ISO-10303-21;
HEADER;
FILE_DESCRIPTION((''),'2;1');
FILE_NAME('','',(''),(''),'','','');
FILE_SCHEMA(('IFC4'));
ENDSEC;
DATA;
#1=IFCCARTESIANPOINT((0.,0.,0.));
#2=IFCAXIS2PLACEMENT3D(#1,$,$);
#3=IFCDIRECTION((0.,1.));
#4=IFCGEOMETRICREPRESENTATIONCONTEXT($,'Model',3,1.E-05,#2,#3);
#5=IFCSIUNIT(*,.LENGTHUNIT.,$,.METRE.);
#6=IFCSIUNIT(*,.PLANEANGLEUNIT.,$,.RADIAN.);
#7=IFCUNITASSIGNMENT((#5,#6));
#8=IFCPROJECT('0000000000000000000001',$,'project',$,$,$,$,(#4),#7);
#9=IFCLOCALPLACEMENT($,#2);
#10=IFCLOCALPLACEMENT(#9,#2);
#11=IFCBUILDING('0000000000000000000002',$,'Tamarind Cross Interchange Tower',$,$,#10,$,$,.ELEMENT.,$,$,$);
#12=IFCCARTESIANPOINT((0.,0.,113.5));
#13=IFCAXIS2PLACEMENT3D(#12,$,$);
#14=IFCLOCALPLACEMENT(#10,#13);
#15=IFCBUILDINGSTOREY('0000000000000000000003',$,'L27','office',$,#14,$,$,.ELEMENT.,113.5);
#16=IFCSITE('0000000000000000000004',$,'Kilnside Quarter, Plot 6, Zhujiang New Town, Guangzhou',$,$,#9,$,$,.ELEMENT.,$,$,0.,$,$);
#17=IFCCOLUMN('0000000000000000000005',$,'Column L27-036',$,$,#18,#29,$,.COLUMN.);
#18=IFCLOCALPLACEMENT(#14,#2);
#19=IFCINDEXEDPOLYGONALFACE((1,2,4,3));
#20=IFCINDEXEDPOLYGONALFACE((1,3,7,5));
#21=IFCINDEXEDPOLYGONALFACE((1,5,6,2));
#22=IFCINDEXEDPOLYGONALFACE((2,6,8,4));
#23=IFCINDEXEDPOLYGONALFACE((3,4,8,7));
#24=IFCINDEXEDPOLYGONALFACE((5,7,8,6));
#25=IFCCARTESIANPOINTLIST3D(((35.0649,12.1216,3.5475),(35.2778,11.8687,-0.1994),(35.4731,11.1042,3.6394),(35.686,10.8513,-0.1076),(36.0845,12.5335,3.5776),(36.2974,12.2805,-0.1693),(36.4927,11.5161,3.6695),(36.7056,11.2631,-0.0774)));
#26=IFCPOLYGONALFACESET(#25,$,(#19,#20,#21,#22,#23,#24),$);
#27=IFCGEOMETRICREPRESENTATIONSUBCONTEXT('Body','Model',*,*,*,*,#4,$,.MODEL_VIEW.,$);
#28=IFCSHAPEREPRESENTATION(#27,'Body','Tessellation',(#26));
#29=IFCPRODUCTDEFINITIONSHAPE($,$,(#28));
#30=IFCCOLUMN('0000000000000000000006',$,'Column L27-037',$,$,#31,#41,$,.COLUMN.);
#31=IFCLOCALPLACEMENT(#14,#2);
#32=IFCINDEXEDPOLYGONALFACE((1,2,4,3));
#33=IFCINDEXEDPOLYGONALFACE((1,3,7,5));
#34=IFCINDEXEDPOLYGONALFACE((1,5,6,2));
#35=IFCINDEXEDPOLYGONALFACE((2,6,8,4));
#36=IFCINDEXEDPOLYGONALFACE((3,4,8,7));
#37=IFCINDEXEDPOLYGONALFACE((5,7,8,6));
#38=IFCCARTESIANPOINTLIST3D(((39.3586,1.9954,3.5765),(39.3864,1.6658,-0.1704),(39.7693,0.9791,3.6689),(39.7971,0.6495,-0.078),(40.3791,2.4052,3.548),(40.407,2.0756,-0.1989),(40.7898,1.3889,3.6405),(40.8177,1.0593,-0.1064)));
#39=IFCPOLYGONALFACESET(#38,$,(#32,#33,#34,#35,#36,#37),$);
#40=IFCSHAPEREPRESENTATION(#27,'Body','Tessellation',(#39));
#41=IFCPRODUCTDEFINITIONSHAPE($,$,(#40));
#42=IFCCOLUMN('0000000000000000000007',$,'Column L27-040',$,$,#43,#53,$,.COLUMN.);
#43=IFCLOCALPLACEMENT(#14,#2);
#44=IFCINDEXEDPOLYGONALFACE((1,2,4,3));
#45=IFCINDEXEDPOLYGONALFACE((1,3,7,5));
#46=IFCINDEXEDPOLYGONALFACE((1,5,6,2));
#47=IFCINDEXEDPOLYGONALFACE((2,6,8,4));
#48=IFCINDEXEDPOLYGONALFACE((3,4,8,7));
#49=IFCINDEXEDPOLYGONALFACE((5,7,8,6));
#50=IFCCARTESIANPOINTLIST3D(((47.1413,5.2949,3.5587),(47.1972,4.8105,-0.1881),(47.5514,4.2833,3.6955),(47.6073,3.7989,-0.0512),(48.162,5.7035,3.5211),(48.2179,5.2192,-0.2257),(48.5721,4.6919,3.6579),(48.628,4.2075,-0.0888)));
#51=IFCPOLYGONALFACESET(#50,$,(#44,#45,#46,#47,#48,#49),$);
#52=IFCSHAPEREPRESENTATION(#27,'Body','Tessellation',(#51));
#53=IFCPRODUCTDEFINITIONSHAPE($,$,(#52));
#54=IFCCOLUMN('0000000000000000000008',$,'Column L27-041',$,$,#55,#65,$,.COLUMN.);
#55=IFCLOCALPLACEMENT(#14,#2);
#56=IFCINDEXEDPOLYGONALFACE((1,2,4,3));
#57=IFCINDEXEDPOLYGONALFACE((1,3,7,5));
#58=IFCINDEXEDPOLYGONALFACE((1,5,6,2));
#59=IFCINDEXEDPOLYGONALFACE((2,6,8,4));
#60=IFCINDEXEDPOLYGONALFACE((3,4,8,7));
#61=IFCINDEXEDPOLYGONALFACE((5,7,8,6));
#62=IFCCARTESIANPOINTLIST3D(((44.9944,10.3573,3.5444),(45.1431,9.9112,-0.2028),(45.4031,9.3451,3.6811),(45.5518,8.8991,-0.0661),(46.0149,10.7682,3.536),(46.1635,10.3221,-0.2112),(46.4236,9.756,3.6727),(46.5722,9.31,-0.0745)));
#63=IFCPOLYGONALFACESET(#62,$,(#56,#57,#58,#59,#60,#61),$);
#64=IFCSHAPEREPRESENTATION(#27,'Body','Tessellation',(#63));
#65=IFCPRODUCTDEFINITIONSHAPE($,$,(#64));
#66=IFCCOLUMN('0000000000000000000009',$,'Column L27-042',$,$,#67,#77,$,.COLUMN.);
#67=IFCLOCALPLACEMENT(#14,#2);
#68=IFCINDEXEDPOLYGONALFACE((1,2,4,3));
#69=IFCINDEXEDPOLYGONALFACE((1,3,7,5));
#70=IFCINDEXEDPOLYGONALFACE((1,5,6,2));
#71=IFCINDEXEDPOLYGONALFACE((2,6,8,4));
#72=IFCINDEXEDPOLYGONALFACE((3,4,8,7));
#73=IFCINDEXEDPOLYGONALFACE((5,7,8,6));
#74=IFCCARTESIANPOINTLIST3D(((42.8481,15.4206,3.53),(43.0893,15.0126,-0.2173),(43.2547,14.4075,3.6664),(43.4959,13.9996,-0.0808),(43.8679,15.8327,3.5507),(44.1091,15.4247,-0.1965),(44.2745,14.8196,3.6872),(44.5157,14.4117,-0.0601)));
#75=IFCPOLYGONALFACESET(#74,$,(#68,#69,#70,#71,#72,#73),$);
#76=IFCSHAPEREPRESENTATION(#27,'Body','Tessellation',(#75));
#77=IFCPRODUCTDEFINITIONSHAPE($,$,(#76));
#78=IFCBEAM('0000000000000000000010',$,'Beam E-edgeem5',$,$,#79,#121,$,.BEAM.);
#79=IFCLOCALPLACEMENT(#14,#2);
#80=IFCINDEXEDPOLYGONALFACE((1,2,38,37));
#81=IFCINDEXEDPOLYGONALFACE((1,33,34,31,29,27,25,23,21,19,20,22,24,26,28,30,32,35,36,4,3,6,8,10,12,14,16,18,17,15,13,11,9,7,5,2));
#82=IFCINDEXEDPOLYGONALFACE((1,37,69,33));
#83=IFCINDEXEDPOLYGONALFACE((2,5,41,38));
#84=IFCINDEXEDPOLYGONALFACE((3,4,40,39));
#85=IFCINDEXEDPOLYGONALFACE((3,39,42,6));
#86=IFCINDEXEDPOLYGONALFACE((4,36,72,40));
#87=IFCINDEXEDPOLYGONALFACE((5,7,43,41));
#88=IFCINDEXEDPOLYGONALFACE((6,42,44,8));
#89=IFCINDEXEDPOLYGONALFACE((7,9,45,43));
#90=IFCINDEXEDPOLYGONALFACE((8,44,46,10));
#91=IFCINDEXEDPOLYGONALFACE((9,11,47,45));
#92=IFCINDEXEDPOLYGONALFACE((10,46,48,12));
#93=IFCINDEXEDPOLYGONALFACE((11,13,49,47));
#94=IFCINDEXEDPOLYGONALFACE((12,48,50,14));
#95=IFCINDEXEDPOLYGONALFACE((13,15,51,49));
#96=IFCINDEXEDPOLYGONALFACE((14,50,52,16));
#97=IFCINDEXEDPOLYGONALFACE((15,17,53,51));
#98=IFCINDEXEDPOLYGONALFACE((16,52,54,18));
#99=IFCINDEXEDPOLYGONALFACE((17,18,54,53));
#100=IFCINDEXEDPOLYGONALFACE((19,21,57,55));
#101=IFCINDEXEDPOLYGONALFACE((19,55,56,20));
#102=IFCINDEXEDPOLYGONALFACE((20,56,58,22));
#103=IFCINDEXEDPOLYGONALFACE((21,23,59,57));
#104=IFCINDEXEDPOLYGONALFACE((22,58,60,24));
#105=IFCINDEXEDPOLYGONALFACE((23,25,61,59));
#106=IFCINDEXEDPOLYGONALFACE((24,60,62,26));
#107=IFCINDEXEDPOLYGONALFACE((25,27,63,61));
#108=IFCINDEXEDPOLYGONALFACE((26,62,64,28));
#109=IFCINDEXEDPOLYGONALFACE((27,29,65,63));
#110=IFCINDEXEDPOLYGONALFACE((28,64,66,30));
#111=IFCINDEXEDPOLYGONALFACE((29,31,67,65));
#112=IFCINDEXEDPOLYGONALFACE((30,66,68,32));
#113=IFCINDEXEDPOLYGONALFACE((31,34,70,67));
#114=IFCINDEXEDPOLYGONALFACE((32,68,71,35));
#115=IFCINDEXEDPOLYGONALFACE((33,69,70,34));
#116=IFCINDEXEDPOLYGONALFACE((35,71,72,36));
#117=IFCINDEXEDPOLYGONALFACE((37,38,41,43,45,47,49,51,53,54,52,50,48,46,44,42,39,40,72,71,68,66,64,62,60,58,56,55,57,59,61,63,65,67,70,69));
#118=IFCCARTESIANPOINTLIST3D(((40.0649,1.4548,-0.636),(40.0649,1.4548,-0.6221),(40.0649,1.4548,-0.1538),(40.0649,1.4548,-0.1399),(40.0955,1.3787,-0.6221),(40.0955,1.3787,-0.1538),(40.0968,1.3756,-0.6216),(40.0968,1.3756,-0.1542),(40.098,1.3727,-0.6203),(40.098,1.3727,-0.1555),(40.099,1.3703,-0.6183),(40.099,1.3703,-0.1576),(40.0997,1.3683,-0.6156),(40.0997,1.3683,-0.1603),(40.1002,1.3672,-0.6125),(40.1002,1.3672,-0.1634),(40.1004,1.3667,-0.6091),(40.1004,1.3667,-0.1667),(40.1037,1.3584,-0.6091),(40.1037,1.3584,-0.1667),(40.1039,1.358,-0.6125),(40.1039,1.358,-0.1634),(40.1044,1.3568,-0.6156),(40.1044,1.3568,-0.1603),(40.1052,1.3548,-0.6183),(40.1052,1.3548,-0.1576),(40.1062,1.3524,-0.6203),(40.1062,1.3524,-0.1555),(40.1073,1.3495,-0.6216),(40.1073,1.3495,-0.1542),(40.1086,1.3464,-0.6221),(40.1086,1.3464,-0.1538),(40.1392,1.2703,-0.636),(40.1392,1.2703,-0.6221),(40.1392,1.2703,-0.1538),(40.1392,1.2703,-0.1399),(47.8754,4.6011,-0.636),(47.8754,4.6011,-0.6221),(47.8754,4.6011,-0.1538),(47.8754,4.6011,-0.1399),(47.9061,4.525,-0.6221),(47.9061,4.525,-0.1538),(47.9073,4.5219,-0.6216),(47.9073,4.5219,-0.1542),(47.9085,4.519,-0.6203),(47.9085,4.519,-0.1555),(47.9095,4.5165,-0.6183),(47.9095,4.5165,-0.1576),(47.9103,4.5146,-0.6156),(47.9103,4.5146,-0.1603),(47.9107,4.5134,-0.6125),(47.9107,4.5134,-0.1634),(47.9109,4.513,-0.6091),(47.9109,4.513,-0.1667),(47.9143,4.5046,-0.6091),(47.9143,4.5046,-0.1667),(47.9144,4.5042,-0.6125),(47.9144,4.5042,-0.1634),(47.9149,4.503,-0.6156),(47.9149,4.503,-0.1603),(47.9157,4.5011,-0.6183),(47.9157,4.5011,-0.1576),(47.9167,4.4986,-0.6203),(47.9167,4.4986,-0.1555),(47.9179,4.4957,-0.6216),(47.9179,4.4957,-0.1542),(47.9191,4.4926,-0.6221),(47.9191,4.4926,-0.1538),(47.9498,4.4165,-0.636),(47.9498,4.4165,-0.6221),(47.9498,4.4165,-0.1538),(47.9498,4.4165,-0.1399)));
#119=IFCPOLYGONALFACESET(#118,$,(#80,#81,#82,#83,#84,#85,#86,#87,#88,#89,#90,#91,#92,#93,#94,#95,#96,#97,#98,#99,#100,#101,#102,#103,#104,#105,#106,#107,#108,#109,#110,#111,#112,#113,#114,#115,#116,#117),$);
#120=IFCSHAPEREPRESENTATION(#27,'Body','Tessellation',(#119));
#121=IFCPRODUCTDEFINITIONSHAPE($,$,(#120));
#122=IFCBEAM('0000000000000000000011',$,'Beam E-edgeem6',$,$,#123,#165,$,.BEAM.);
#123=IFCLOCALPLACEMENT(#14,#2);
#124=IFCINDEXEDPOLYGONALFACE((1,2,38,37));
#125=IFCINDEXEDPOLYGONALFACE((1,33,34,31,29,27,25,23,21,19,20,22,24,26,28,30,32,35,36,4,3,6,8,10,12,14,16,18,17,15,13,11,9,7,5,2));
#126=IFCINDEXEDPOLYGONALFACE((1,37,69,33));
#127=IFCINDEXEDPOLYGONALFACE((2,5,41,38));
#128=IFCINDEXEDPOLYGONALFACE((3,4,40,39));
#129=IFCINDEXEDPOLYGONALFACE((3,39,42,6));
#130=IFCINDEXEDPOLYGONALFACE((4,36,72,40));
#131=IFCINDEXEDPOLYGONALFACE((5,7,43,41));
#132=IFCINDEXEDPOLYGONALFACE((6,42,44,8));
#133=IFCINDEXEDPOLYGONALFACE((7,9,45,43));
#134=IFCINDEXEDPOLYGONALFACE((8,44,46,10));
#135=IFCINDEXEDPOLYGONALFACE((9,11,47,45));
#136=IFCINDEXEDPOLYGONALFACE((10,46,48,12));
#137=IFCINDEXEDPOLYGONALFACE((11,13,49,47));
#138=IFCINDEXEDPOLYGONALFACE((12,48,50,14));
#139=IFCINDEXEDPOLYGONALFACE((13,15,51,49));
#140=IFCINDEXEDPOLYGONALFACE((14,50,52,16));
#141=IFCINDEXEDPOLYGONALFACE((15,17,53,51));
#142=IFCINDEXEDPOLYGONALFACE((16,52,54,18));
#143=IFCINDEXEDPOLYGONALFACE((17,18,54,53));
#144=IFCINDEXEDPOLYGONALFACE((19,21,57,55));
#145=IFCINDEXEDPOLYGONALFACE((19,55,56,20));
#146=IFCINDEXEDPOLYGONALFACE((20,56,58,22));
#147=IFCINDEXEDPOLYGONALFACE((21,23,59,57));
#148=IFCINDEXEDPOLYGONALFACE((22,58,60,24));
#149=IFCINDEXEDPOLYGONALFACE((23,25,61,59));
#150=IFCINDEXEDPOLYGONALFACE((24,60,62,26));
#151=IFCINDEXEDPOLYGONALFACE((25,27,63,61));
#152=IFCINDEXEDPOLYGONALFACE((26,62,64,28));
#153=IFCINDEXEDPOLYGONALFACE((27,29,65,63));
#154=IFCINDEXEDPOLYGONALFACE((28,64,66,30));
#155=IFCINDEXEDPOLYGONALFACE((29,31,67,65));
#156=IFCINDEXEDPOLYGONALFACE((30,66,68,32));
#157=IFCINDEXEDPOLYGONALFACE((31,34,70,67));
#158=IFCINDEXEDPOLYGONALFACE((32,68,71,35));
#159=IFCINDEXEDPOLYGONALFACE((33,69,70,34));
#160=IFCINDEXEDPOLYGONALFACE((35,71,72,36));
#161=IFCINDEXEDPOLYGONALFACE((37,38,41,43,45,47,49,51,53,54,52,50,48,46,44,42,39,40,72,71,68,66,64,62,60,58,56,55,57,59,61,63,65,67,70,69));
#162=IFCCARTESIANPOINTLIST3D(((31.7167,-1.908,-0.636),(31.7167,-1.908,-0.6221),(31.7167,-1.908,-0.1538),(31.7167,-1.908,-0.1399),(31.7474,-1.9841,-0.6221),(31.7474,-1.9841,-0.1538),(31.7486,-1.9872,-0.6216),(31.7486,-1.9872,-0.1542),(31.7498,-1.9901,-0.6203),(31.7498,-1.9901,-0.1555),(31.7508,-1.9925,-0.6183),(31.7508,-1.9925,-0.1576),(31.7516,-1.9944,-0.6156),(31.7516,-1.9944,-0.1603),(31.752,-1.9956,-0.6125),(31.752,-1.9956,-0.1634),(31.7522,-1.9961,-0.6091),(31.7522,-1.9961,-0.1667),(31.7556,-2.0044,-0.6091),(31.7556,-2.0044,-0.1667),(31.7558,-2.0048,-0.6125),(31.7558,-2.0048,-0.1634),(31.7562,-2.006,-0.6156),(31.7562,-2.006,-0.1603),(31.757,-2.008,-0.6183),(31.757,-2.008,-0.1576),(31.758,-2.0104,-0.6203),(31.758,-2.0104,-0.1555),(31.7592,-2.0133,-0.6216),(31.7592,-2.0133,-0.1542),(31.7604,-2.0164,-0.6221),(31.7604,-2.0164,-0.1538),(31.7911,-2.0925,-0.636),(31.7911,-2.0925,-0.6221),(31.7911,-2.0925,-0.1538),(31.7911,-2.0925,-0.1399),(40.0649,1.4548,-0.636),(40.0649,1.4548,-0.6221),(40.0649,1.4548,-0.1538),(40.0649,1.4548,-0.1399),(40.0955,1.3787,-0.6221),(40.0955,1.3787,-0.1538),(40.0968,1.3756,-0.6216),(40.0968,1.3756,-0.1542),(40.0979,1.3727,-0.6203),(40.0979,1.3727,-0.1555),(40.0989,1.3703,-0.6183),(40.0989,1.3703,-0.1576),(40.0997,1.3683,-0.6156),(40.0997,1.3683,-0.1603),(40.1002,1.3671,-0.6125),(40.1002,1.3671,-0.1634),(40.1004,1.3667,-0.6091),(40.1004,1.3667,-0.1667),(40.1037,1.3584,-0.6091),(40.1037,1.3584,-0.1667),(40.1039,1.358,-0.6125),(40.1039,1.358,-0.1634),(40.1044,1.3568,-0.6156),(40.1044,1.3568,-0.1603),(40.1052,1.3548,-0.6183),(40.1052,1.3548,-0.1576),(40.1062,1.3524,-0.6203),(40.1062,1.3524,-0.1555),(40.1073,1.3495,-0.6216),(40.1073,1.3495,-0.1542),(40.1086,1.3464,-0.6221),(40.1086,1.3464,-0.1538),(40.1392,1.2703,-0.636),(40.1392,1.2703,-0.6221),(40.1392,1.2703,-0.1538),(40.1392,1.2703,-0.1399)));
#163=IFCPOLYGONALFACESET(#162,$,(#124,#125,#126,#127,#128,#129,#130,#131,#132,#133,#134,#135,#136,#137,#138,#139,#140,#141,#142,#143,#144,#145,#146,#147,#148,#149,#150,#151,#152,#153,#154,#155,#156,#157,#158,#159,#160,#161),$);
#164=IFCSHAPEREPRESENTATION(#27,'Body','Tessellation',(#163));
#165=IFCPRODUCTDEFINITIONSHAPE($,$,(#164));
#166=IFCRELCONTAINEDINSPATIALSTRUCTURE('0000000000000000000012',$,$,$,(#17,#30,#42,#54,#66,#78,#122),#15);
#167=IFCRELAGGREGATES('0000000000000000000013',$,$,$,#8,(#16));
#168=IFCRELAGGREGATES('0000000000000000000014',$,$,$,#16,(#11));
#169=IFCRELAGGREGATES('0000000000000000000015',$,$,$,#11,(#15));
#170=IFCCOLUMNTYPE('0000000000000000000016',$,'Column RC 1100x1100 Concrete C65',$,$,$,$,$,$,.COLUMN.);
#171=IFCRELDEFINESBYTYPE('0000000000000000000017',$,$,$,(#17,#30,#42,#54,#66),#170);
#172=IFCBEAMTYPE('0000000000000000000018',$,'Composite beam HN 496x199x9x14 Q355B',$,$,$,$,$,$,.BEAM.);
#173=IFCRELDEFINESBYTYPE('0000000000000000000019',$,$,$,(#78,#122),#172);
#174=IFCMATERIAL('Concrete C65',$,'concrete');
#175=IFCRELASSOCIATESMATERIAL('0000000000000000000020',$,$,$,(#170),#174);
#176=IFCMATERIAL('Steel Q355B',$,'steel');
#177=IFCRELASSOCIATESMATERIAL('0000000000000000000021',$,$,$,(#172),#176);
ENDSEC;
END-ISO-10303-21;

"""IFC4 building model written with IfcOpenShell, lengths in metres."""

from ifc_helpers import new_model, si_unit, direction, frame, origin, origin_2d, place, context, subcontext, project, spatial, rectangle, i_section, extrude, material, material_profile, profile_set, type_object, element, save


model = new_model("IFC4")

# Units and contexts
model_context = context("Model", 3, precision=1e-05, world=origin(), true_north=direction((0.0, 1.0)))
body_context = subcontext(model_context, "Body", "Model", "MODEL_VIEW")
ifc_project = project(units=[si_unit("LENGTHUNIT", "METRE"), si_unit("PLANEANGLEUNIT", "RADIAN")], contexts=[model_context])

# Site, building, storey
site_placement = place(None, origin())
site = spatial("IfcSite", under=ifc_project, at=site_placement, Name="Kilnside Quarter, Plot 6, Zhujiang New Town, Guangzhou", CompositionType="ELEMENT", RefElevation=0.0)
building_placement = place(site_placement, origin())
building = spatial("IfcBuilding", under=site, at=building_placement, Name="Tamarind Cross Interchange Tower", CompositionType="ELEMENT")
storey_placement = place(building_placement, frame((0.0, 0.0, 113.5)))
storey = spatial("IfcBuildingStorey", under=building, at=storey_placement, Name="L27", Description="office", CompositionType="ELEMENT", Elevation=113.5)

# Columns
ifc_material_1 = material(Name="Concrete C65", Category="concrete")
ifc_material_profile_1 = material_profile(ifc_material_1, rectangle(XDim=1.1001, YDim=1.1001, at=origin_2d()), Name="RC 1100x1100")
ifc_profile_set_1 = profile_set([ifc_material_profile_1], Name="Concrete C65")
column_type = type_object("IfcColumnType", Name="Column RC 1100x1100 Concrete C65", PredefinedType="COLUMN", material=ifc_profile_set_1)
for number, where, z_axis, x_axis, name in (
    (1, (35.9917, 11.5659, -0.1384), (-0.056599, 0.067244, 0.99613), (0.37108, -0.924838, 0.083516), "Column L27-036"),
    (2, (40.1021, 1.3625, -0.1384), (-0.007399, 0.087624, 0.996126), (-0.927666, -0.372514, 0.025877), "Column L27-037"),
):
    element("IfcColumn", number, at=place(storey_placement, frame(where, z_axis=z_axis, x_axis=x_axis)), inside=storey, type_object=column_type, Name=name, PredefinedType="COLUMN", context=body_context, shape_type="SweptSolid", body=[
        extrude(rectangle(XDim=1.1001, YDim=1.1001, at=origin_2d()), origin(), (0.0, 0.0, 1.0), 3.7615),
    ])
column_1_placement = place(storey_placement, frame((47.9126, 4.509, -0.1384), z_axis=(-0.014797, 0.128195, 0.991639), x_axis=(-0.927823, -0.371452, 0.034175)))
element("IfcColumn", 3, at=column_1_placement, inside=storey, type_object=column_type, Name="Column L27-040", PredefinedType="COLUMN", context=body_context, shape_type="SweptSolid", body=[
    extrude(rectangle(XDim=1.1001, YDim=1.1001, at=origin_2d()), origin(), (0.0, 0.0, 1.0), 3.7783),
])
column_2_placement = place(storey_placement, frame((45.8577, 9.6106, -0.1387), z_axis=(-0.039368, 0.118105, 0.99222), x_axis=(-0.927593, -0.373513, 0.007655)))
element("IfcColumn", 4, at=column_2_placement, inside=storey, type_object=column_type, Name="Column L27-041", PredefinedType="COLUMN", context=body_context, shape_type="SweptSolid", body=[
    extrude(rectangle(XDim=1.1001, YDim=1.1001, at=origin_2d()), origin(), (0.0, 0.0, 1.0), 3.7766),
])
column_3_placement = place(storey_placement, frame((43.8025, 14.7122, -0.1387), z_axis=(-0.06386, 0.108007, 0.992097), x_axis=(0.36962, -0.920866, 0.124044)))
element("IfcColumn", 5, at=column_3_placement, inside=storey, type_object=column_type, Name="Column L27-042", PredefinedType="COLUMN", context=body_context, shape_type="SweptSolid", body=[
    extrude(rectangle(XDim=1.1001, YDim=1.1001, at=origin_2d()), origin(), (0.0, 0.0, 1.0), 3.7771),
])

# Beams
ifc_material_2 = material(Name="Steel Q355B", Category="steel")
ifc_material_profile_2 = material_profile(ifc_material_2, i_section(OverallWidth=0.199, OverallDepth=0.4961, WebThickness=0.009, FlangeThickness=0.0139, FilletRadius=0.0129, at=origin_2d()), Name="HN 496x199x9x14")
ifc_profile_set_2 = profile_set([ifc_material_profile_2], Name="Steel Q355B")
beam_type_1 = type_object("IfcBeamType", Name="Composite beam HN 496x199x9x14 Q355B", PredefinedType="BEAM", material=ifc_profile_set_2)
beam_1_placement = place(storey_placement, frame((47.9126, 4.5088, -0.3879), z_axis=(-0.927572, -0.373644, 0.0), x_axis=(0.373644, -0.927572, 0.0)))
element("IfcBeam", 6, at=beam_1_placement, inside=storey, type_object=beam_type_1, Name="Beam E-edgeem5", PredefinedType="BEAM", context=body_context, shape_type="SweptSolid", body=[
    extrude(i_section(OverallWidth=0.199, OverallDepth=0.4961, WebThickness=0.009, FlangeThickness=0.0139, FilletRadius=0.0129, at=origin_2d()), origin(), (0.0, 0.0, 1.0), 8.4204),
])
beam_2_placement = place(storey_placement, frame((40.1021, 1.3625, -0.3879), z_axis=(-0.927572, -0.373644, 0.0), x_axis=(0.373644, -0.927572, 0.0)))
element("IfcBeam", 7, at=beam_2_placement, inside=storey, type_object=beam_type_1, Name="Beam E-edgeem6", PredefinedType="BEAM", context=body_context, shape_type="SweptSolid", body=[
    extrude(i_section(OverallWidth=0.199, OverallDepth=0.4961, WebThickness=0.009, FlangeThickness=0.0139, FilletRadius=0.0129, at=origin_2d()), origin(), (0.0, 0.0, 1.0), 9.0),
])

save(model, "model.ifc")
